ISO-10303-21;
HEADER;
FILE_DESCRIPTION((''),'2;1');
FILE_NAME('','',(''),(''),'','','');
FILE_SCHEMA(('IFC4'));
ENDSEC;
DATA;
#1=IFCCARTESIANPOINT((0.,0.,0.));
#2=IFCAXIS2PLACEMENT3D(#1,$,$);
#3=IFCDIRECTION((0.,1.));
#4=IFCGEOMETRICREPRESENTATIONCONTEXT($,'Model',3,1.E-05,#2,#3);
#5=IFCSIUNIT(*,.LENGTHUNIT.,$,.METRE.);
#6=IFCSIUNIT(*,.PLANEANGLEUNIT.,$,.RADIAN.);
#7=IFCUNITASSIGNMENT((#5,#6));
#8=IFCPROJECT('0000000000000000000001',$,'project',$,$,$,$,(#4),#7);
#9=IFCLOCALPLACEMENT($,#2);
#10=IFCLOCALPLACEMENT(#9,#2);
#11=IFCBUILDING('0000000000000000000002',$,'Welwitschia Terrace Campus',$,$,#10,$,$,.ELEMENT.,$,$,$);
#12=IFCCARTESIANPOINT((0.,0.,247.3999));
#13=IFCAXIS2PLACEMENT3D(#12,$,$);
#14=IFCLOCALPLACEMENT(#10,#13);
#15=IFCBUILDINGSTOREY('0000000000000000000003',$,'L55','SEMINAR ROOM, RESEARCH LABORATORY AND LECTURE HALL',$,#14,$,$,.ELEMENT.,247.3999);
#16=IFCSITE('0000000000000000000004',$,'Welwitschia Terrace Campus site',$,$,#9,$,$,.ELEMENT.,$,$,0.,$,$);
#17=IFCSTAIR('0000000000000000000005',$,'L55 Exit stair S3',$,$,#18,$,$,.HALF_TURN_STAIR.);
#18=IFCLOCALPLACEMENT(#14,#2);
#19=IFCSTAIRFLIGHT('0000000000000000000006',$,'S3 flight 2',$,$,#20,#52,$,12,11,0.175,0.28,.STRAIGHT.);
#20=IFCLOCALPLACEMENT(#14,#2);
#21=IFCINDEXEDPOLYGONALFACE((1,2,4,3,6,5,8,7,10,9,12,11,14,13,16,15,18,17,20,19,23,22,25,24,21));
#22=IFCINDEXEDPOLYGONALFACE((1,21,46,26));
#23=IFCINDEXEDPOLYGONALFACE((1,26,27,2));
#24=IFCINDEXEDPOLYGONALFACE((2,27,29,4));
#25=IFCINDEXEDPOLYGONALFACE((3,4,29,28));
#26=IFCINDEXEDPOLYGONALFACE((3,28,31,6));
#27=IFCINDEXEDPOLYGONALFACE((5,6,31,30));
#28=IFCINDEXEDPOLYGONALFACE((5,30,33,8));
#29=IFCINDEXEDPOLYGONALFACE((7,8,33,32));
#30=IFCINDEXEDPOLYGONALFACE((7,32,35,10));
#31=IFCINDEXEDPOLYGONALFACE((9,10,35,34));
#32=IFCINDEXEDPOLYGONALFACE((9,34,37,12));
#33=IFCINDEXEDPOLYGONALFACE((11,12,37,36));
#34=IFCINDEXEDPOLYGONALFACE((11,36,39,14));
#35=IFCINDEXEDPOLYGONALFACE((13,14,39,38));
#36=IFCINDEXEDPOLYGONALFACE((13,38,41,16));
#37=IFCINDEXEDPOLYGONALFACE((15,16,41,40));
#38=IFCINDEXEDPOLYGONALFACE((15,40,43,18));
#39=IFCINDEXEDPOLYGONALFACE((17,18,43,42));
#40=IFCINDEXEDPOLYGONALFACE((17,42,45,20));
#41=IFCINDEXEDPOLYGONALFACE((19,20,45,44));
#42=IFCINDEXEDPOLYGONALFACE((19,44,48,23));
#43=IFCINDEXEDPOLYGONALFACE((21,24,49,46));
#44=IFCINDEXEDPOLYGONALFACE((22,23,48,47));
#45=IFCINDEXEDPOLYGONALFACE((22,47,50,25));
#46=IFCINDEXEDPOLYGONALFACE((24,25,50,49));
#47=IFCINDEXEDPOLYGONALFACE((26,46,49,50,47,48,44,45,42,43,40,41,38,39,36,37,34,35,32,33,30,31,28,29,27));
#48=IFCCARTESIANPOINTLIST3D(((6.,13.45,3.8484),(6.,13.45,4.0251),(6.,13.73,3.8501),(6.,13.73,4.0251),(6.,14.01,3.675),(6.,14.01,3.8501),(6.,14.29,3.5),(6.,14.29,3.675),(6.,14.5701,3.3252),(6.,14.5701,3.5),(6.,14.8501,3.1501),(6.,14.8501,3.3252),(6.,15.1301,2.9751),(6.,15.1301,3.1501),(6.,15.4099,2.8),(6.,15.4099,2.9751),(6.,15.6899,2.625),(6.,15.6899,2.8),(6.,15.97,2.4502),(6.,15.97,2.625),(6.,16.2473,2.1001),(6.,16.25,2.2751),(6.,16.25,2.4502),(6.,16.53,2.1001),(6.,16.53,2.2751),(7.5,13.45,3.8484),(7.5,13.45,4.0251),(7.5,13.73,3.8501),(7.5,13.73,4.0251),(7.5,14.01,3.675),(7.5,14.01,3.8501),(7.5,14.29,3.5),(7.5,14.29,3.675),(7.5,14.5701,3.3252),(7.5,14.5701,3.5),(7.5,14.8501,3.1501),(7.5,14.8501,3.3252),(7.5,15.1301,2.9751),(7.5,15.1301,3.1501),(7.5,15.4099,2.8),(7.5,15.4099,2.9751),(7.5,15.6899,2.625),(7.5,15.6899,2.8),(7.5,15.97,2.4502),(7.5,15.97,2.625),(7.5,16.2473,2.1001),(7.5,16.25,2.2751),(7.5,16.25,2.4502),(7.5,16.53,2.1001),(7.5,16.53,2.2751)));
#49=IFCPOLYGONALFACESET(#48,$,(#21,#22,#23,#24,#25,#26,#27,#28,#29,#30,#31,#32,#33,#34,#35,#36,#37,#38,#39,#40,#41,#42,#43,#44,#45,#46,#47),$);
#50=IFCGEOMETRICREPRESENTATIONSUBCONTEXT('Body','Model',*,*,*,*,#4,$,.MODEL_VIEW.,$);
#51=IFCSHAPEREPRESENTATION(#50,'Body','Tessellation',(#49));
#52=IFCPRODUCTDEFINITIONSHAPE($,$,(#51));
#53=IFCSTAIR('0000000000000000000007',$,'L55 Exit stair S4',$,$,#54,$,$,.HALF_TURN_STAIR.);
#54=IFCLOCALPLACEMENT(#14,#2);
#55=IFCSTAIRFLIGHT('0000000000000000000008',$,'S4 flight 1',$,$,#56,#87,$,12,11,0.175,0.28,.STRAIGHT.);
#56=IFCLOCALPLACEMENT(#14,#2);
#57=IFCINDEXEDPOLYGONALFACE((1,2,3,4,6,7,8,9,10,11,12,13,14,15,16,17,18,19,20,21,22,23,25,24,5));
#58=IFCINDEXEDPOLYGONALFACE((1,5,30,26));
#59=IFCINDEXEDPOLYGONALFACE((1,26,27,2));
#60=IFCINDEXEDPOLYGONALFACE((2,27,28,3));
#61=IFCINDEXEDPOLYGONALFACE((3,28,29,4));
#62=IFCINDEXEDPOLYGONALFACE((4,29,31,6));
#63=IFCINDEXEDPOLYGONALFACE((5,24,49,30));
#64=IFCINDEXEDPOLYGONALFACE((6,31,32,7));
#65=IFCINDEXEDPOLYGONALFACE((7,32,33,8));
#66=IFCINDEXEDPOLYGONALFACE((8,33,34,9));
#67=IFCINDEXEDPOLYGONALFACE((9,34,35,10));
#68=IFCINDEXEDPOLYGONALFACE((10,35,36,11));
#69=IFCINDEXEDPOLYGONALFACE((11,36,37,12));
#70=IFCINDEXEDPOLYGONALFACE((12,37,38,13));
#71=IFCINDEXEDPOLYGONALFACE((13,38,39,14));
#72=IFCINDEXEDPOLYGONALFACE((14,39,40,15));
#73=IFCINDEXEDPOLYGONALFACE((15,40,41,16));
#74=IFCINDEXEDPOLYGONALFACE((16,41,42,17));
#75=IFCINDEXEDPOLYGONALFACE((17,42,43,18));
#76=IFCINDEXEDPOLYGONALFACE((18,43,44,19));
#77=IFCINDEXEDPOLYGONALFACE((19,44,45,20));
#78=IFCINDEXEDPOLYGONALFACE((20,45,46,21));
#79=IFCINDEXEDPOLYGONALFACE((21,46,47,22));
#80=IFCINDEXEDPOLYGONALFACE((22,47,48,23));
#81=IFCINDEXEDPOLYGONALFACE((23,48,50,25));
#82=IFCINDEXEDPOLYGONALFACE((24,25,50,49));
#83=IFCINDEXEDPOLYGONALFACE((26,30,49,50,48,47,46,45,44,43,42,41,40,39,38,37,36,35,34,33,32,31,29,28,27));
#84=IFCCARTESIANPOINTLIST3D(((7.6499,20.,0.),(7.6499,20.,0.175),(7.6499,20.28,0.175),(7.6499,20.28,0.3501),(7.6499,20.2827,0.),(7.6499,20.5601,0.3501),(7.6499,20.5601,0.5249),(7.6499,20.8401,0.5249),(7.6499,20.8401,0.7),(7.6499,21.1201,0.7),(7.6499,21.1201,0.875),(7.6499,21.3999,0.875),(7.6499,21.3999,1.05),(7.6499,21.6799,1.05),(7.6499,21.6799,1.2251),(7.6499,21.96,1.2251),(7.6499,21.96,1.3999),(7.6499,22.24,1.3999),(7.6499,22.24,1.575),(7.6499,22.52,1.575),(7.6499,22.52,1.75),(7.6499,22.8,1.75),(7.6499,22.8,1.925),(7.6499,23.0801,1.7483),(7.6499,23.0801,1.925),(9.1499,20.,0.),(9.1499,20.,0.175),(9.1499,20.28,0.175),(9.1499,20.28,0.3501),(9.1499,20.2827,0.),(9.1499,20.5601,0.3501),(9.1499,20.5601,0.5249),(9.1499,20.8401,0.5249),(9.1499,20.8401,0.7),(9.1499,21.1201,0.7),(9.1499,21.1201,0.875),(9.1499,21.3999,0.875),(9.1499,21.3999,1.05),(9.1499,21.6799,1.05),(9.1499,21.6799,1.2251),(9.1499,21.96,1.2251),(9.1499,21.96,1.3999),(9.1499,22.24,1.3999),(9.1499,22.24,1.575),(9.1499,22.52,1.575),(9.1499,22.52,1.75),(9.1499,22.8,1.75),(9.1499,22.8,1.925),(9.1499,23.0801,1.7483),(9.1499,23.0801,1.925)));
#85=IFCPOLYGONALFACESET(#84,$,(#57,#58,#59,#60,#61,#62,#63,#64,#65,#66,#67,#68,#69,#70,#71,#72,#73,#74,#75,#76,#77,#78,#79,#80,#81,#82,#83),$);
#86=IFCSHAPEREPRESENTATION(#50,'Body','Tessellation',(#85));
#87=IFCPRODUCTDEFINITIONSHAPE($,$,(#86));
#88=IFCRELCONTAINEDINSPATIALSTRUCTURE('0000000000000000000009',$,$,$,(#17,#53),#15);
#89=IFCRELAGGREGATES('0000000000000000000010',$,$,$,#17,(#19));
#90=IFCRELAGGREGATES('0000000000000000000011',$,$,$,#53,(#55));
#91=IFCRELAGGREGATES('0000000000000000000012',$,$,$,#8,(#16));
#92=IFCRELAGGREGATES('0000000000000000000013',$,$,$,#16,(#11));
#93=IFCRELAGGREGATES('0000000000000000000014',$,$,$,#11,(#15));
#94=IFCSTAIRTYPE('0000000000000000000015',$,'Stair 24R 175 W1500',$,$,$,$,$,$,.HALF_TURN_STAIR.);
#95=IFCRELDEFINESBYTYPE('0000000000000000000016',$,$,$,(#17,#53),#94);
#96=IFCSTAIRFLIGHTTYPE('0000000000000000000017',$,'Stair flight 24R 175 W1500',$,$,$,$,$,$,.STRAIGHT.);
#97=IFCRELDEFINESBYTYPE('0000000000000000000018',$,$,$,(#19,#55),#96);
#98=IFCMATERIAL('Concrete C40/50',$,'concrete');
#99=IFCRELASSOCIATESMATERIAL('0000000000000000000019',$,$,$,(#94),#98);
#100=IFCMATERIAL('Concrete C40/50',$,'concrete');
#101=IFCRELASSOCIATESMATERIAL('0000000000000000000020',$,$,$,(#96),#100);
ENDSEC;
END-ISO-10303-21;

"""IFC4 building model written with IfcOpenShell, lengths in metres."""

from ifc_helpers import new_model, si_unit, direction, frame, origin, place, context, subcontext, project, spatial, polyline, outline, extrude, material, type_object, element, aggregate, save


model = new_model("IFC4")

# Units and contexts
model_context = context("Model", 3, precision=1e-05, world=origin(), true_north=direction((0.0, 1.0)))
body_context = subcontext(model_context, "Body", "Model", "MODEL_VIEW")
ifc_project = project(units=[si_unit("LENGTHUNIT", "METRE"), si_unit("PLANEANGLEUNIT", "RADIAN")], contexts=[model_context])

# Site, building, storey
site_placement = place(None, origin())
site = spatial("IfcSite", under=ifc_project, at=site_placement, Name="Welwitschia Terrace Campus site", CompositionType="ELEMENT", RefElevation=0.0)
building_placement = place(site_placement, origin())
building = spatial("IfcBuilding", under=site, at=building_placement, Name="Welwitschia Terrace Campus", CompositionType="ELEMENT")
storey_placement = place(building_placement, frame((0.0, 0.0, 247.3999)))
storey = spatial("IfcBuildingStorey", under=building, at=storey_placement, Name="L55", Description="SEMINAR ROOM, RESEARCH LABORATORY AND LECTURE HALL", CompositionType="ELEMENT", Elevation=247.3999)

# Stairs, stair flights
ifc_material_1 = material(Name="Concrete C40/50", Category="concrete")
stair_type = type_object("IfcStairType", Name="Stair 24R 175 W1500", PredefinedType="HALF_TURN_STAIR", material=ifc_material_1)
stair_1_placement = place(storey_placement, origin())
stair_1 = element("IfcStair", 1, at=stair_1_placement, inside=storey, type_object=stair_type, Name="L55 Exit stair S3", PredefinedType="HALF_TURN_STAIR")
ifc_material_2 = material(Name="Concrete C40/50", Category="concrete")
stair_flight_type = type_object("IfcStairFlightType", Name="Stair flight 24R 175 W1500", PredefinedType="STRAIGHT", material=ifc_material_2)
stair_flight_1_placement = place(storey_placement, frame((6.75, 16.53, 2.1001), z_axis=(0.0, 0.0, 1.0), x_axis=(0.0, -1.0, 0.0)))
stair_flight_1 = element("IfcStairFlight", 2, at=stair_flight_1_placement, type_object=stair_flight_type, Name="S3 flight 2", NumberOfRisers=12, NumberOfTreads=11, PredefinedType="STRAIGHT", RiserHeight=0.175, TreadLength=0.28, context=body_context, shape_type="SweptSolid", body=[
    extrude(outline(polyline([(0.0, 0.0), (0.0, 0.175), (0.28, 0.175), (0.28, 0.3501), (0.5601, 0.3501), (0.5601, 0.5249), (0.8401, 0.5249), (0.8401, 0.7), (1.1201, 0.7), (1.1201, 0.875), (1.3999, 0.875), (1.3999, 1.05), (1.6799, 1.05), (1.6799, 1.2251), (1.96, 1.2251), (1.96, 1.3999), (2.24, 1.3999), (2.24, 1.575), (2.52, 1.575), (2.52, 1.75), (2.8, 1.75), (2.8, 1.925), (3.0801, 1.925), (3.0801, 2.1001), (3.0801, 1.7483), (0.2827, 0.0), (0.0, 0.0)])), frame((0.0, 0.75, 0.0), z_axis=(0.0, -1.0, 0.0), x_axis=(1.0, 0.0, 0.0)), (0.0, 0.0, 1.0), 1.5),
])
aggregate(stair_1, [stair_flight_1])
stair_2_placement = place(storey_placement, origin())
stair_2 = element("IfcStair", 3, at=stair_2_placement, inside=storey, type_object=stair_type, Name="L55 Exit stair S4", PredefinedType="HALF_TURN_STAIR")
stair_flight_2_placement = place(storey_placement, frame((8.3999, 20.0, 0.0), z_axis=(0.0, 0.0, 1.0), x_axis=(0.0, 1.0, 0.0)))
stair_flight_2 = element("IfcStairFlight", 4, at=stair_flight_2_placement, type_object=stair_flight_type, Name="S4 flight 1", NumberOfRisers=12, NumberOfTreads=11, PredefinedType="STRAIGHT", RiserHeight=0.175, TreadLength=0.28, context=body_context, shape_type="SweptSolid", body=[
    extrude(outline(polyline([(0.0, 0.0), (0.0, 0.175), (0.28, 0.175), (0.28, 0.3501), (0.5601, 0.3501), (0.5601, 0.5249), (0.8401, 0.5249), (0.8401, 0.7), (1.1201, 0.7), (1.1201, 0.875), (1.3999, 0.875), (1.3999, 1.05), (1.6799, 1.05), (1.6799, 1.2251), (1.96, 1.2251), (1.96, 1.3999), (2.24, 1.3999), (2.24, 1.575), (2.52, 1.575), (2.52, 1.75), (2.8, 1.75), (2.8, 1.925), (3.0801, 1.925), (3.0801, 2.1001), (3.0801, 1.7483), (0.2827, 0.0), (0.0, 0.0)])), frame((0.0, 0.75, 0.0), z_axis=(0.0, -1.0, 0.0), x_axis=(1.0, 0.0, 0.0)), (0.0, 0.0, 1.0), 1.5),
])
aggregate(stair_2, [stair_flight_2])

save(model, "model.ifc")
